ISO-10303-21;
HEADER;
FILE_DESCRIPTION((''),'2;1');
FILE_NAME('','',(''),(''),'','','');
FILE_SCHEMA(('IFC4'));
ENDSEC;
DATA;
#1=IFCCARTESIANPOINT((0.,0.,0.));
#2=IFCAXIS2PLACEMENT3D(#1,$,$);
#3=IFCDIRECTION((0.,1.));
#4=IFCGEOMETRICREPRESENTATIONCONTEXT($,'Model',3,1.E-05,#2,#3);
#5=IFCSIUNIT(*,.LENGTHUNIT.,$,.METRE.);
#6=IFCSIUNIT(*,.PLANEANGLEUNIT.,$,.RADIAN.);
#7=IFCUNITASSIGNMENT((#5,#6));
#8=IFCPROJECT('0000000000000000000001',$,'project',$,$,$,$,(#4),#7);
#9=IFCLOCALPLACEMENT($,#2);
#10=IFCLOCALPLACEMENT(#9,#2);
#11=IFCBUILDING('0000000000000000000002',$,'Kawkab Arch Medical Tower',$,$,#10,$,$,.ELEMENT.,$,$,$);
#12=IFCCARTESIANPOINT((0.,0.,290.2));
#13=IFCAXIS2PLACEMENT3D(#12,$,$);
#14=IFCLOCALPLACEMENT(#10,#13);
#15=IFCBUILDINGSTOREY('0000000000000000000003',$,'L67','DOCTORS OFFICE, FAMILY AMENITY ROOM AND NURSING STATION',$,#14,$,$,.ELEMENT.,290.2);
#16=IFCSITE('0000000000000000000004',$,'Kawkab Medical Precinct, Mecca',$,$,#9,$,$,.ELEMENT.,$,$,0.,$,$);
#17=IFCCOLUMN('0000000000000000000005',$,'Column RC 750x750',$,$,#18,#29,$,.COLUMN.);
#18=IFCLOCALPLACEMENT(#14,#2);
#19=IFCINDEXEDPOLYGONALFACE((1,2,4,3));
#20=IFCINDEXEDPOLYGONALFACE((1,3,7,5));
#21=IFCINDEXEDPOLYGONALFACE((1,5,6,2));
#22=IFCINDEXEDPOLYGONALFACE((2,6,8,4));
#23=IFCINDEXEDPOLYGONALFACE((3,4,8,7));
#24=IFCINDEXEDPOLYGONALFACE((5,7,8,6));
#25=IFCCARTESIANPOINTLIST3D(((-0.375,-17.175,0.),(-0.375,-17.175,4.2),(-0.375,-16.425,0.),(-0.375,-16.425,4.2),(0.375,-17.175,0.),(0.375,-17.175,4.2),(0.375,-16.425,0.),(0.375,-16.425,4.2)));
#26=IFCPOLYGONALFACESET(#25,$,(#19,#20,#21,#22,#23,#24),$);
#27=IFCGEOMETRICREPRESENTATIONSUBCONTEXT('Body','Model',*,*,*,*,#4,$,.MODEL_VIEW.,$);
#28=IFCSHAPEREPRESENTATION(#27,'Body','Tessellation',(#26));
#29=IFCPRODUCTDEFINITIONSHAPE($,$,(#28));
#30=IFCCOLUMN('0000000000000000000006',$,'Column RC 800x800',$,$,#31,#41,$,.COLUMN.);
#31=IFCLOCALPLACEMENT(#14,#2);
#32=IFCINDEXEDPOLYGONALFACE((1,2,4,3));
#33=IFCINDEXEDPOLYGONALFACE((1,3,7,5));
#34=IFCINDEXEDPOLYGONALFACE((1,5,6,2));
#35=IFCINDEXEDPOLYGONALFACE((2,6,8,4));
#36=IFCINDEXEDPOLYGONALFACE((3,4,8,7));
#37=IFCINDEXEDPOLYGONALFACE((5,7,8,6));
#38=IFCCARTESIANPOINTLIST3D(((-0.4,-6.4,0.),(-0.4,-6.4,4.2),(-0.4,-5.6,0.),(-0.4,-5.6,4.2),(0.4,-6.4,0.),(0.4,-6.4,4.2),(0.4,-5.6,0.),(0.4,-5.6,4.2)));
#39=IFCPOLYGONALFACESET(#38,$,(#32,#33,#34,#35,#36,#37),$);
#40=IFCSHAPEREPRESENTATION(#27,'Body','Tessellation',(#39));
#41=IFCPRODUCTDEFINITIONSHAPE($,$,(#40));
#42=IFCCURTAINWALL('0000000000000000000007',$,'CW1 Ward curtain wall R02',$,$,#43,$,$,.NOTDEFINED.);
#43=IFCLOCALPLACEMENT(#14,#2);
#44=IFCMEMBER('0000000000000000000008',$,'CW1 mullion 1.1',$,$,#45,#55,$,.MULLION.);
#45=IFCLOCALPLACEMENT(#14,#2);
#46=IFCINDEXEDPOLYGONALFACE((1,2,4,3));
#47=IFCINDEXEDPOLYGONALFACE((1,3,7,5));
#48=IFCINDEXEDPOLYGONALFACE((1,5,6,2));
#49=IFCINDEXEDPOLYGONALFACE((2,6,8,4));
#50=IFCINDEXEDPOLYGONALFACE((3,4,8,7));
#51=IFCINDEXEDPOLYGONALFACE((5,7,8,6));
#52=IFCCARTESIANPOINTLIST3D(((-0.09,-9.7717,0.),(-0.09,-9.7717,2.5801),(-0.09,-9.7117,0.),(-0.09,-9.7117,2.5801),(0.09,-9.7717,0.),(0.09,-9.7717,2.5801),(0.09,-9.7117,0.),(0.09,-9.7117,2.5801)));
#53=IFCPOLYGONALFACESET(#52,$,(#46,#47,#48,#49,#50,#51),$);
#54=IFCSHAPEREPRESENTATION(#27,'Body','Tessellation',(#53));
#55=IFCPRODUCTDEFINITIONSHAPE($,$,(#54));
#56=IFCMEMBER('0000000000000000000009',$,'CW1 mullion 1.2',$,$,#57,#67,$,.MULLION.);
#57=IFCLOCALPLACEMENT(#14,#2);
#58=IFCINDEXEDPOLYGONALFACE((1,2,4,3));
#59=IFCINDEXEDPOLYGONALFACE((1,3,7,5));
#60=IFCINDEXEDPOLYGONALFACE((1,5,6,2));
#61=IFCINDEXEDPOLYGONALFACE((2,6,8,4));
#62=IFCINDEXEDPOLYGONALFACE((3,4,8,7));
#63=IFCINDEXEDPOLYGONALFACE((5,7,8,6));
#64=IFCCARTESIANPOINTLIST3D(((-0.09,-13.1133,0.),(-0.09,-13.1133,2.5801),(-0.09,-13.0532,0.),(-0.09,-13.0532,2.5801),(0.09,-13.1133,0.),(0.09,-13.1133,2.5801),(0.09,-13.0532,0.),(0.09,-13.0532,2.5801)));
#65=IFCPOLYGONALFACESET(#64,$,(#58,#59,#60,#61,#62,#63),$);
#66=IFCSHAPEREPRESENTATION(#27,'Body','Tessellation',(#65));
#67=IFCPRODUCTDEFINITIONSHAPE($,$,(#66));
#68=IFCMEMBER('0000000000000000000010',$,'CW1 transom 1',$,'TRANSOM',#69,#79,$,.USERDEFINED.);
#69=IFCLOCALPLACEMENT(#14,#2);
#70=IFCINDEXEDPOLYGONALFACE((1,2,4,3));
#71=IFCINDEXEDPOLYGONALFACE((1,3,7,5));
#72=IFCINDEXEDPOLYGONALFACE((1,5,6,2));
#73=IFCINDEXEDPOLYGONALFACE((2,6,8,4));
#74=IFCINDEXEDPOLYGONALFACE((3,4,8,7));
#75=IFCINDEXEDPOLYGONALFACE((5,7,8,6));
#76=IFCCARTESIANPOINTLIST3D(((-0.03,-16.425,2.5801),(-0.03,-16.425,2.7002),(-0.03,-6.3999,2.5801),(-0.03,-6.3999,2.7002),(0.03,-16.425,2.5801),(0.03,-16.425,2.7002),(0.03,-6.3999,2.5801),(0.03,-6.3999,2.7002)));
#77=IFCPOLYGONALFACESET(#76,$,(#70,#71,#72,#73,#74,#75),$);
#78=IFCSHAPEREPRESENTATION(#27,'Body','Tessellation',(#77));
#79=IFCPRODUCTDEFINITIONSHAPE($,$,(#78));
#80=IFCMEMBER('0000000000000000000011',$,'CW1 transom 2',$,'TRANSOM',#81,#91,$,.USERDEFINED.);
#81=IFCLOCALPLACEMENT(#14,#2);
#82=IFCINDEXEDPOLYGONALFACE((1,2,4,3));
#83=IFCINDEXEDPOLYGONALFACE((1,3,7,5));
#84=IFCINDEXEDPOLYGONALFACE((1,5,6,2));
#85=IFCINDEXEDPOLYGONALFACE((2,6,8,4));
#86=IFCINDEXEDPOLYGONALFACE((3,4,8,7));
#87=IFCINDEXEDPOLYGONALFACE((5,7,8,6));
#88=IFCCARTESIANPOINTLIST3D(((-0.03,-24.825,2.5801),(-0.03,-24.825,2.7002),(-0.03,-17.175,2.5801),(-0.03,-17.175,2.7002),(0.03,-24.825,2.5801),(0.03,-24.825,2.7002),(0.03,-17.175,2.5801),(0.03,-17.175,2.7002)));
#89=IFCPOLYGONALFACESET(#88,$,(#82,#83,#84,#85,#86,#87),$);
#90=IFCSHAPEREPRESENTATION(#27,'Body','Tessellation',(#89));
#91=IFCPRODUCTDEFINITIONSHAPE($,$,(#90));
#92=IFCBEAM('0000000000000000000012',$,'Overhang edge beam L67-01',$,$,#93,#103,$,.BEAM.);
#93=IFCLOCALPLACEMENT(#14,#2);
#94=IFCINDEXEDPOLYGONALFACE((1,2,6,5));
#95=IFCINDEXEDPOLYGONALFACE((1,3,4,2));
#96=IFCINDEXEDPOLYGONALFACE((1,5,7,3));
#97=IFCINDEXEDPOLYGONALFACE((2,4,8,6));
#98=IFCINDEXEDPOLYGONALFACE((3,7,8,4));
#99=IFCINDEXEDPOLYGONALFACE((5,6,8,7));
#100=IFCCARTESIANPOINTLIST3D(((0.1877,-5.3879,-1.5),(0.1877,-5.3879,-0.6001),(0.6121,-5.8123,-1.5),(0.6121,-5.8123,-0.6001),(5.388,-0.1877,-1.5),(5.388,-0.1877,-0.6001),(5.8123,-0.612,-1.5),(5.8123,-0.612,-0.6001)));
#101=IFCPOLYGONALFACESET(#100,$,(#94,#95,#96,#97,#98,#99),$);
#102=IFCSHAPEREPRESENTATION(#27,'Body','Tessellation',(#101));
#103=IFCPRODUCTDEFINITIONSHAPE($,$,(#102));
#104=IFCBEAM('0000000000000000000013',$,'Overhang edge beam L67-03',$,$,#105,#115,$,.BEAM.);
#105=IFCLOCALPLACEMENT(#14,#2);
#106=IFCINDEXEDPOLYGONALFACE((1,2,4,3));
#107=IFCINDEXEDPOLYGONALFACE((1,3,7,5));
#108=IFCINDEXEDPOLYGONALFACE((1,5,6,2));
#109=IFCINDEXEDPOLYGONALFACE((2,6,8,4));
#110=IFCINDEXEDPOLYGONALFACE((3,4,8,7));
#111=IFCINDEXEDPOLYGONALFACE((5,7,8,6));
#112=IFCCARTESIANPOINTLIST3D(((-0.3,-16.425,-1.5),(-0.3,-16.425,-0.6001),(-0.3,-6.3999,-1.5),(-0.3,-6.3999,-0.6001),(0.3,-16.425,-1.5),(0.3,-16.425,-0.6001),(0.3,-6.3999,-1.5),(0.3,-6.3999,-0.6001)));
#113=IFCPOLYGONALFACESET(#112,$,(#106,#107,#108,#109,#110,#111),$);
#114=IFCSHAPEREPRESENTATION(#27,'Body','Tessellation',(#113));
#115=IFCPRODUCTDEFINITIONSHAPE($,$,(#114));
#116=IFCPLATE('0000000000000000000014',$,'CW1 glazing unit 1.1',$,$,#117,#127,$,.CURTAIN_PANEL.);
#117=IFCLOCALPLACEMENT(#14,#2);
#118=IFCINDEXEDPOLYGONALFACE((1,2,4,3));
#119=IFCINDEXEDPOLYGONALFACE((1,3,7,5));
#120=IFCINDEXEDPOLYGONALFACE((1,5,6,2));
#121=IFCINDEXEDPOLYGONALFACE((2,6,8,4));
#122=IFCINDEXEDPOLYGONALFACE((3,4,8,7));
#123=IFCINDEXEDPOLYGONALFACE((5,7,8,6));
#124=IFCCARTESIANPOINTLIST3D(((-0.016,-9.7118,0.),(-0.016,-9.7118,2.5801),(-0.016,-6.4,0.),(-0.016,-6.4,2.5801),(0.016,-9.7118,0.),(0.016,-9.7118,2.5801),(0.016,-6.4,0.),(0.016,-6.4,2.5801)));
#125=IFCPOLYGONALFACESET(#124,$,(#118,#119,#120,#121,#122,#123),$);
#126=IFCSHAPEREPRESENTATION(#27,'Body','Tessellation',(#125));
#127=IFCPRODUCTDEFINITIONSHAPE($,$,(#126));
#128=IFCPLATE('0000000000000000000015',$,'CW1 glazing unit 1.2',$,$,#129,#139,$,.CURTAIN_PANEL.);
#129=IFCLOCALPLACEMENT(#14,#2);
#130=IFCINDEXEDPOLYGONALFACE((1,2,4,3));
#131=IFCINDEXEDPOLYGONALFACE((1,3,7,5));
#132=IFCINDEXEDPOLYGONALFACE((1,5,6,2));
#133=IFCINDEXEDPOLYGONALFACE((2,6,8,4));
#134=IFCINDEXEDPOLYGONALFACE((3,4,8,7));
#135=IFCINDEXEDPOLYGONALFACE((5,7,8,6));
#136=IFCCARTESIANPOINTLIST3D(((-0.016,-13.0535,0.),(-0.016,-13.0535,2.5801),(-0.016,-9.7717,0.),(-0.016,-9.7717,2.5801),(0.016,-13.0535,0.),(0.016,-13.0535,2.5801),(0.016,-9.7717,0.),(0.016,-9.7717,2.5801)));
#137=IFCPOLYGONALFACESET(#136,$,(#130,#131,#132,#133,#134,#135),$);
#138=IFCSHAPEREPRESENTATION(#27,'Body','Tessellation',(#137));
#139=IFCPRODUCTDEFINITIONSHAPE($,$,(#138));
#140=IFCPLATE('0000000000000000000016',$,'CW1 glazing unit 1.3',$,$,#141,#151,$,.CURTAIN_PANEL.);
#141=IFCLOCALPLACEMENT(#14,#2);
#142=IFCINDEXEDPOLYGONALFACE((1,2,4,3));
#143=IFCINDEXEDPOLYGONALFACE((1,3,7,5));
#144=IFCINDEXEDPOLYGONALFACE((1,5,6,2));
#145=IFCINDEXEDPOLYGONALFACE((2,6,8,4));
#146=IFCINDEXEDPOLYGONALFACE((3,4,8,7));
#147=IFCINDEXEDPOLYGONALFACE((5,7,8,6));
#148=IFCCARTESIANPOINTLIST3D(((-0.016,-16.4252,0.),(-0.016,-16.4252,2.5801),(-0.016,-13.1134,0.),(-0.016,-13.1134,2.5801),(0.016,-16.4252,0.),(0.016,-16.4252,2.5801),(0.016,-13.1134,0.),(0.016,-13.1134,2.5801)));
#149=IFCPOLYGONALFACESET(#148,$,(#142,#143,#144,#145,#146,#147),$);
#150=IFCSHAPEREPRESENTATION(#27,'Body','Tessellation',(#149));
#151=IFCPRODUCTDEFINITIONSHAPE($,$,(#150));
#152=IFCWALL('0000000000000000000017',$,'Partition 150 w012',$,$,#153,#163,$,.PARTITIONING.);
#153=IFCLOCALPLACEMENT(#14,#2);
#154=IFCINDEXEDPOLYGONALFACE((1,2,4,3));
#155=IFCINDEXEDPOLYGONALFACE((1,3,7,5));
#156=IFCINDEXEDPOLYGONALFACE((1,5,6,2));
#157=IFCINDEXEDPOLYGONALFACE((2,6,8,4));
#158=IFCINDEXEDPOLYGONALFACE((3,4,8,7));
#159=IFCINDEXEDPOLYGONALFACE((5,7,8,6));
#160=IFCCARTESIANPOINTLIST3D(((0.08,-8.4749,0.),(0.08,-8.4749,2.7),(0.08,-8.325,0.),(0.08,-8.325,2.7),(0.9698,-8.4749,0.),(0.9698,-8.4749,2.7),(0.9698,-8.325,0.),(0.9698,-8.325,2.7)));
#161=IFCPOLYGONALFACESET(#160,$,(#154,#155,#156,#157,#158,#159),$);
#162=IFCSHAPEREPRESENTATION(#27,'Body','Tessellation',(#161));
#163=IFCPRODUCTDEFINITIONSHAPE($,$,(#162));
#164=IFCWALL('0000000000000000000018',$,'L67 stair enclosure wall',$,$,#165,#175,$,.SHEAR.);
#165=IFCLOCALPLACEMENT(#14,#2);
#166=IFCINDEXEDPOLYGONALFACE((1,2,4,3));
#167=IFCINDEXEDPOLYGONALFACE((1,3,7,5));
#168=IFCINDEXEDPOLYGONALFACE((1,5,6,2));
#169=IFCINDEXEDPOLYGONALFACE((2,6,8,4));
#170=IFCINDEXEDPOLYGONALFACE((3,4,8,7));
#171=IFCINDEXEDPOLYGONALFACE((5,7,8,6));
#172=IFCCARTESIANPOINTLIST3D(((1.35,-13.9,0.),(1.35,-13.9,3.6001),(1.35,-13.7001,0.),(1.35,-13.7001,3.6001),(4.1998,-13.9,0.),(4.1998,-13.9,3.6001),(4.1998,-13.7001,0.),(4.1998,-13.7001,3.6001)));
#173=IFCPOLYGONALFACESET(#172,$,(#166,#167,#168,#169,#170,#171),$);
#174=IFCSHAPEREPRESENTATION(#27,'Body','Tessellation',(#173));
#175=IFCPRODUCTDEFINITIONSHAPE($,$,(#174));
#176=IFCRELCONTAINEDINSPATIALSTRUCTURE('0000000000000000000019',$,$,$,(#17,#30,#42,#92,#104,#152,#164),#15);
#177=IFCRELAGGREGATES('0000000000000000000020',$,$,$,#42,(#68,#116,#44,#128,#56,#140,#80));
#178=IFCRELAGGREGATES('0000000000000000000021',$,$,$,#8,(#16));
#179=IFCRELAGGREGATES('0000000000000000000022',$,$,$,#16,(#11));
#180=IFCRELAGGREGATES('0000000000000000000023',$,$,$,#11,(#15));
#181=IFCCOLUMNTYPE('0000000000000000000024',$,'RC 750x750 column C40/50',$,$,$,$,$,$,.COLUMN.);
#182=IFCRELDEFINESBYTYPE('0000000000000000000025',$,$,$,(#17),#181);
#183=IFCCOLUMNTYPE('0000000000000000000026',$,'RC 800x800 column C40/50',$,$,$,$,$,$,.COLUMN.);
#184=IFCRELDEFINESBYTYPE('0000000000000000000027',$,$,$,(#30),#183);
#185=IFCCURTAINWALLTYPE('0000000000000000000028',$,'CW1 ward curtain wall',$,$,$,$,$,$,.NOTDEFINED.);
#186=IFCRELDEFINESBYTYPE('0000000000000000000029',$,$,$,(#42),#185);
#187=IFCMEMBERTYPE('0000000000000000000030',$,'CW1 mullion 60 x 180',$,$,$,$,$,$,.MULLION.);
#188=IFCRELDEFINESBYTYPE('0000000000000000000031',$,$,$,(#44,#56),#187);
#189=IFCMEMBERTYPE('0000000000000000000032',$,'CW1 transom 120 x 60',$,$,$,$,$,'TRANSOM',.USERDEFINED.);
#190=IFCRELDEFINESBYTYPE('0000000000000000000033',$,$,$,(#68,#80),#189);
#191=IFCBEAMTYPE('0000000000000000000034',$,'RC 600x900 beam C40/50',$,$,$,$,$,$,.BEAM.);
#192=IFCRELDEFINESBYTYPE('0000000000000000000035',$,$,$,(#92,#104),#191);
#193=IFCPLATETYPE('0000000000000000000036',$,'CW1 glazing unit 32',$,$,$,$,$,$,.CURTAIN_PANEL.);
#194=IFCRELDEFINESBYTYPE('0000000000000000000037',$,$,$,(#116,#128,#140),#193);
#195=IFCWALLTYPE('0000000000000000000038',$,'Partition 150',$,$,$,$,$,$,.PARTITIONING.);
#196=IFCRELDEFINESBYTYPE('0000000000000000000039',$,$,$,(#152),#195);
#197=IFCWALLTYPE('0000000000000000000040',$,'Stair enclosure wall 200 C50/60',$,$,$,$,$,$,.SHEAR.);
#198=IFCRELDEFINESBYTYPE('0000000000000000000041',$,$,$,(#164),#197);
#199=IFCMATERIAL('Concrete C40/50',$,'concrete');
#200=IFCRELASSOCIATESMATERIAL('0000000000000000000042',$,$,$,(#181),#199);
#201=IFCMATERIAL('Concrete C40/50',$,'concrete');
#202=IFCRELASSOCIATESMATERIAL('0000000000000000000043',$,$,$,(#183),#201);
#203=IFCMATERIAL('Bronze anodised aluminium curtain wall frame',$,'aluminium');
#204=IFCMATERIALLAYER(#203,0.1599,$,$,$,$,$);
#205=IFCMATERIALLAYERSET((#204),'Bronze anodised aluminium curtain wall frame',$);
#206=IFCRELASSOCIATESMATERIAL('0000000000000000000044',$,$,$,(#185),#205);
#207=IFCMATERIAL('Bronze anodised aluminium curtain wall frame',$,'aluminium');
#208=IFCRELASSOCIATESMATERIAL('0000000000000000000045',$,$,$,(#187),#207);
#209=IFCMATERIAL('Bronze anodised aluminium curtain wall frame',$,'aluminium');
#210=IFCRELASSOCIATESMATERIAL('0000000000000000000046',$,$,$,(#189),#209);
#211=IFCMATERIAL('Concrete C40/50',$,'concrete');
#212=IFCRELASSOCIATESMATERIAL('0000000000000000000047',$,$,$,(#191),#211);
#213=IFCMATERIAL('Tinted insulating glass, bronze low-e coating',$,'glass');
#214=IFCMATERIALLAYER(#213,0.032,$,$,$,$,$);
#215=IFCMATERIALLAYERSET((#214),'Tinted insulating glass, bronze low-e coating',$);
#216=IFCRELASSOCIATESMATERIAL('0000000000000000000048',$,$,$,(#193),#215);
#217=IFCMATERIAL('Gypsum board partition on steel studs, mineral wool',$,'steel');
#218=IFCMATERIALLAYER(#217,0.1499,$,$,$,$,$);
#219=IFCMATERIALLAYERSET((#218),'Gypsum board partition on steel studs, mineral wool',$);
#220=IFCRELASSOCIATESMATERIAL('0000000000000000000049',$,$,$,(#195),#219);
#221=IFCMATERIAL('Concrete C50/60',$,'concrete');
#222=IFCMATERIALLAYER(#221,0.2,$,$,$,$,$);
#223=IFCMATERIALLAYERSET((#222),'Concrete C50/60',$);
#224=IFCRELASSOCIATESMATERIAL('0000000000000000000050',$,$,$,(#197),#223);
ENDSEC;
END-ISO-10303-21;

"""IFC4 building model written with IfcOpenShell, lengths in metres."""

from ifc_helpers import new_model, si_unit, direction, frame, frame_2d, origin, origin_2d, place, context, subcontext, project, spatial, rectangle, extrude, material, layer, layer_set, material_profile, profile_set, type_object, element, aggregate, save


model = new_model("IFC4")

# Units and contexts
model_context = context("Model", 3, precision=1e-05, world=origin(), true_north=direction((0.0, 1.0)))
body_context = subcontext(model_context, "Body", "Model", "MODEL_VIEW")
ifc_project = project(units=[si_unit("LENGTHUNIT", "METRE"), si_unit("PLANEANGLEUNIT", "RADIAN")], contexts=[model_context])

# Site, building, storey
site_placement = place(None, origin())
site = spatial("IfcSite", under=ifc_project, at=site_placement, Name="Kawkab Medical Precinct, Mecca", CompositionType="ELEMENT", RefElevation=0.0)
building_placement = place(site_placement, origin())
building = spatial("IfcBuilding", under=site, at=building_placement, Name="Kawkab Arch Medical Tower", CompositionType="ELEMENT")
storey_placement = place(building_placement, frame((0.0, 0.0, 290.2)))
storey = spatial("IfcBuildingStorey", under=building, at=storey_placement, Name="L67", Description="DOCTORS OFFICE, FAMILY AMENITY ROOM AND NURSING STATION", CompositionType="ELEMENT", Elevation=290.2)

# Columns
ifc_material_1 = material(Name="Concrete C40/50", Category="concrete")
ifc_material_profile_1 = material_profile(ifc_material_1, rectangle(XDim=0.75, YDim=0.75, at=origin_2d()), Name="RC 750x750")
ifc_profile_set_1 = profile_set([ifc_material_profile_1], Name="Concrete C40/50")
column_type_1 = type_object("IfcColumnType", Name="RC 750x750 column C40/50", PredefinedType="COLUMN", material=ifc_profile_set_1)
column_1_placement = place(storey_placement, frame((0.0, -16.8, 0.0), z_axis=(0.0, 0.0, 1.0), x_axis=(1.0, 0.0, 0.0)))
element("IfcColumn", 1, at=column_1_placement, inside=storey, type_object=column_type_1, Name="Column RC 750x750", PredefinedType="COLUMN", context=body_context, shape_type="SweptSolid", body=[
    extrude(rectangle(XDim=0.75, YDim=0.75, at=origin_2d()), origin(), (0.0, 0.0, 1.0), 4.2),
])
ifc_material_2 = material(Name="Concrete C40/50", Category="concrete")
ifc_material_profile_2 = material_profile(ifc_material_2, rectangle(XDim=0.8, YDim=0.8, at=origin_2d()), Name="RC 800x800")
ifc_profile_set_2 = profile_set([ifc_material_profile_2], Name="Concrete C40/50")
column_type_2 = type_object("IfcColumnType", Name="RC 800x800 column C40/50", PredefinedType="COLUMN", material=ifc_profile_set_2)
column_2_placement = place(storey_placement, frame((0.0, -6.0, 0.0), z_axis=(0.0, 0.0, 1.0), x_axis=(1.0, 0.0, 0.0)))
element("IfcColumn", 2, at=column_2_placement, inside=storey, type_object=column_type_2, Name="Column RC 800x800", PredefinedType="COLUMN", context=body_context, shape_type="SweptSolid", body=[
    extrude(rectangle(XDim=0.8, YDim=0.8, at=origin_2d()), origin(), (0.0, 0.0, 1.0), 4.2),
])

# Curtain wall, members
ifc_material_3 = material(Name="Bronze anodised aluminium curtain wall frame", Category="aluminium")
ifc_layer_1 = layer(ifc_material_3, 0.1599)
ifc_layer_set_1 = layer_set([ifc_layer_1], Name="Bronze anodised aluminium curtain wall frame")
curtain_wall_type = type_object("IfcCurtainWallType", Name="CW1 ward curtain wall", PredefinedType="NOTDEFINED", material=ifc_layer_set_1)
placement = place(storey_placement, origin())
curtain_wall = element("IfcCurtainWall", 3, at=placement, inside=storey, type_object=curtain_wall_type, Name="CW1 Ward curtain wall R02", PredefinedType="NOTDEFINED")
ifc_material_4 = material(Name="Bronze anodised aluminium curtain wall frame", Category="aluminium")
ifc_material_profile_3 = material_profile(ifc_material_4, rectangle(XDim=0.1799, YDim=0.0601, at=origin_2d()), Name="AL 60x180")
ifc_profile_set_3 = profile_set([ifc_material_profile_3], Name="Bronze anodised aluminium curtain wall frame")
member_type_1 = type_object("IfcMemberType", Name="CW1 mullion 60 x 180", PredefinedType="MULLION", material=ifc_profile_set_3)
member_1_placement = place(storey_placement, frame((0.0, -9.7417, 0.0), z_axis=(0.0, 0.0, 1.0), x_axis=(1.0, 0.0, 0.0)))
member_1 = element("IfcMember", 4, at=member_1_placement, type_object=member_type_1, Name="CW1 mullion 1.1", PredefinedType="MULLION", context=body_context, shape_type="SweptSolid", body=[
    extrude(rectangle(XDim=0.1799, YDim=0.0601, at=origin_2d()), origin(), (0.0, 0.0, 1.0), 2.5801),
])
member_2_placement = place(storey_placement, frame((0.0, -13.0833, 0.0), z_axis=(0.0, 0.0, 1.0), x_axis=(1.0, 0.0, 0.0)))
member_2 = element("IfcMember", 5, at=member_2_placement, type_object=member_type_1, Name="CW1 mullion 1.2", PredefinedType="MULLION", context=body_context, shape_type="SweptSolid", body=[
    extrude(rectangle(XDim=0.1799, YDim=0.0601, at=origin_2d()), origin(), (0.0, 0.0, 1.0), 2.5801),
])
ifc_material_5 = material(Name="Bronze anodised aluminium curtain wall frame", Category="aluminium")
ifc_material_profile_4 = material_profile(ifc_material_5, rectangle(XDim=0.0601, YDim=0.1201, at=origin_2d()), Name="AL 60x120")
ifc_profile_set_4 = profile_set([ifc_material_profile_4], Name="Bronze anodised aluminium curtain wall frame")
member_type_2 = type_object("IfcMemberType", Name="CW1 transom 120 x 60", ElementType="TRANSOM", PredefinedType="USERDEFINED", material=ifc_profile_set_4)
member_3_placement = place(storey_placement, frame((0.0, -6.3999, 2.6401), z_axis=(0.0, -1.0, 0.0), x_axis=(1.0, 0.0, 0.0)))
member_3 = element("IfcMember", 6, at=member_3_placement, type_object=member_type_2, Name="CW1 transom 1", ObjectType="TRANSOM", PredefinedType="USERDEFINED", context=body_context, shape_type="SweptSolid", body=[
    extrude(rectangle(XDim=0.0601, YDim=0.1201, at=origin_2d()), origin(), (0.0, 0.0, 1.0), 10.0251),
])
member_4_placement = place(storey_placement, frame((0.0, -17.175, 2.6401), z_axis=(0.0, -1.0, 0.0), x_axis=(1.0, 0.0, 0.0)))
member_4 = element("IfcMember", 7, at=member_4_placement, type_object=member_type_2, Name="CW1 transom 2", ObjectType="TRANSOM", PredefinedType="USERDEFINED", context=body_context, shape_type="SweptSolid", body=[
    extrude(rectangle(XDim=0.0601, YDim=0.1201, at=origin_2d()), origin(), (0.0, 0.0, 1.0), 7.6499),
])

# Beams
ifc_material_6 = material(Name="Concrete C40/50", Category="concrete")
ifc_material_profile_5 = material_profile(ifc_material_6, rectangle(XDim=0.6001, YDim=0.8999, at=origin_2d()), Name="RC 600x900")
ifc_profile_set_5 = profile_set([ifc_material_profile_5], Name="Concrete C40/50")
beam_type = type_object("IfcBeamType", Name="RC 600x900 beam C40/50", PredefinedType="BEAM", material=ifc_profile_set_5)
beam_1_placement = place(storey_placement, frame((0.3999, -5.6001, -1.05), z_axis=(0.707107, 0.707107, 0.0), x_axis=(-0.707107, 0.707107, 0.0)))
element("IfcBeam", 8, at=beam_1_placement, inside=storey, type_object=beam_type, Name="Overhang edge beam L67-01", PredefinedType="BEAM", context=body_context, shape_type="SweptSolid", body=[
    extrude(rectangle(XDim=0.6001, YDim=0.8999, at=origin_2d()), origin(), (0.0, 0.0, 1.0), 7.3542),
])
beam_2_placement = place(storey_placement, frame((0.0, -16.425, -1.05), z_axis=(0.0, 1.0, 0.0), x_axis=(-1.0, 0.0, 0.0)))
element("IfcBeam", 9, at=beam_2_placement, inside=storey, type_object=beam_type, Name="Overhang edge beam L67-03", PredefinedType="BEAM", context=body_context, shape_type="SweptSolid", body=[
    extrude(rectangle(XDim=0.6001, YDim=0.8999, at=origin_2d()), origin(), (0.0, 0.0, 1.0), 10.0251),
])

# Plates
ifc_material_7 = material(Name="Tinted insulating glass, bronze low-e coating", Category="glass")
ifc_layer_2 = layer(ifc_material_7, 0.032)
ifc_layer_set_2 = layer_set([ifc_layer_2], Name="Tinted insulating glass, bronze low-e coating")
plate_type = type_object("IfcPlateType", Name="CW1 glazing unit 32", PredefinedType="CURTAIN_PANEL", material=ifc_layer_set_2)
plate_1_placement = place(storey_placement, frame((0.0, -8.0559, 0.0), z_axis=(0.0, 0.0, 1.0), x_axis=(0.0, -1.0, 0.0)))
plate_1 = element("IfcPlate", 10, at=plate_1_placement, type_object=plate_type, Name="CW1 glazing unit 1.1", PredefinedType="CURTAIN_PANEL", context=body_context, shape_type="SweptSolid", body=[
    extrude(rectangle(XDim=3.3118, YDim=0.032, at=origin_2d()), origin(), (0.0, 0.0, 1.0), 2.5801),
])
plate_2_placement = place(storey_placement, frame((0.0, -11.4126, 0.0), z_axis=(0.0, 0.0, 1.0), x_axis=(0.0, -1.0, 0.0)))
plate_2 = element("IfcPlate", 11, at=plate_2_placement, type_object=plate_type, Name="CW1 glazing unit 1.2", PredefinedType="CURTAIN_PANEL", context=body_context, shape_type="SweptSolid", body=[
    extrude(rectangle(XDim=3.2817, YDim=0.032, at=origin_2d()), origin(), (0.0, 0.0, 1.0), 2.5801),
])
plate_3_placement = place(storey_placement, frame((0.0, -14.7693, 0.0), z_axis=(0.0, 0.0, 1.0), x_axis=(0.0, -1.0, 0.0)))
plate_3 = element("IfcPlate", 12, at=plate_3_placement, type_object=plate_type, Name="CW1 glazing unit 1.3", PredefinedType="CURTAIN_PANEL", context=body_context, shape_type="SweptSolid", body=[
    extrude(rectangle(XDim=3.3118, YDim=0.032, at=origin_2d()), origin(), (0.0, 0.0, 1.0), 2.5801),
])
aggregate(curtain_wall, [member_3, plate_1, member_1, plate_2, member_2, plate_3, member_4])

# Walls
ifc_material_8 = material(Name="Gypsum board partition on steel studs, mineral wool", Category="steel")
ifc_layer_3 = layer(ifc_material_8, 0.1499)
ifc_layer_set_3 = layer_set([ifc_layer_3], Name="Gypsum board partition on steel studs, mineral wool")
wall_type_1 = type_object("IfcWallType", Name="Partition 150", PredefinedType="PARTITIONING", material=ifc_layer_set_3)
wall_1_placement = place(storey_placement, frame((0.0801, -8.3999, 0.0), z_axis=(0.0, 0.0, 1.0), x_axis=(1.0, 0.0, 0.0)))
element("IfcWall", 13, at=wall_1_placement, inside=storey, type_object=wall_type_1, Name="Partition 150 w012", PredefinedType="PARTITIONING", context=body_context, shape_type="SweptSolid", body=[
    extrude(rectangle(XDim=0.8899, YDim=0.1499, at=frame_2d((0.4448, 0.0))), origin(), (0.0, 0.0, 1.0), 2.7),
])
ifc_material_9 = material(Name="Concrete C50/60", Category="concrete")
ifc_layer_4 = layer(ifc_material_9, 0.2)
ifc_layer_set_4 = layer_set([ifc_layer_4], Name="Concrete C50/60")
wall_type_2 = type_object("IfcWallType", Name="Stair enclosure wall 200 C50/60", PredefinedType="SHEAR", material=ifc_layer_set_4)
for number, where, z_axis, x_axis, name in (
    (14, (1.3501, -13.8, 0.0), (0.0, 0.0, 1.0), (1.0, 0.0, 0.0), "L67 stair enclosure wall"),
):
    element("IfcWall", number, at=place(storey_placement, frame(where, z_axis=z_axis, x_axis=x_axis)), inside=storey, type_object=wall_type_2, Name=name, PredefinedType="SHEAR", context=body_context, shape_type="SweptSolid", body=[
        extrude(rectangle(XDim=2.8499, YDim=0.2, at=frame_2d((1.4248, 0.0))), origin(), (0.0, 0.0, 1.0), 3.6001),
    ])

save(model, "model.ifc")
